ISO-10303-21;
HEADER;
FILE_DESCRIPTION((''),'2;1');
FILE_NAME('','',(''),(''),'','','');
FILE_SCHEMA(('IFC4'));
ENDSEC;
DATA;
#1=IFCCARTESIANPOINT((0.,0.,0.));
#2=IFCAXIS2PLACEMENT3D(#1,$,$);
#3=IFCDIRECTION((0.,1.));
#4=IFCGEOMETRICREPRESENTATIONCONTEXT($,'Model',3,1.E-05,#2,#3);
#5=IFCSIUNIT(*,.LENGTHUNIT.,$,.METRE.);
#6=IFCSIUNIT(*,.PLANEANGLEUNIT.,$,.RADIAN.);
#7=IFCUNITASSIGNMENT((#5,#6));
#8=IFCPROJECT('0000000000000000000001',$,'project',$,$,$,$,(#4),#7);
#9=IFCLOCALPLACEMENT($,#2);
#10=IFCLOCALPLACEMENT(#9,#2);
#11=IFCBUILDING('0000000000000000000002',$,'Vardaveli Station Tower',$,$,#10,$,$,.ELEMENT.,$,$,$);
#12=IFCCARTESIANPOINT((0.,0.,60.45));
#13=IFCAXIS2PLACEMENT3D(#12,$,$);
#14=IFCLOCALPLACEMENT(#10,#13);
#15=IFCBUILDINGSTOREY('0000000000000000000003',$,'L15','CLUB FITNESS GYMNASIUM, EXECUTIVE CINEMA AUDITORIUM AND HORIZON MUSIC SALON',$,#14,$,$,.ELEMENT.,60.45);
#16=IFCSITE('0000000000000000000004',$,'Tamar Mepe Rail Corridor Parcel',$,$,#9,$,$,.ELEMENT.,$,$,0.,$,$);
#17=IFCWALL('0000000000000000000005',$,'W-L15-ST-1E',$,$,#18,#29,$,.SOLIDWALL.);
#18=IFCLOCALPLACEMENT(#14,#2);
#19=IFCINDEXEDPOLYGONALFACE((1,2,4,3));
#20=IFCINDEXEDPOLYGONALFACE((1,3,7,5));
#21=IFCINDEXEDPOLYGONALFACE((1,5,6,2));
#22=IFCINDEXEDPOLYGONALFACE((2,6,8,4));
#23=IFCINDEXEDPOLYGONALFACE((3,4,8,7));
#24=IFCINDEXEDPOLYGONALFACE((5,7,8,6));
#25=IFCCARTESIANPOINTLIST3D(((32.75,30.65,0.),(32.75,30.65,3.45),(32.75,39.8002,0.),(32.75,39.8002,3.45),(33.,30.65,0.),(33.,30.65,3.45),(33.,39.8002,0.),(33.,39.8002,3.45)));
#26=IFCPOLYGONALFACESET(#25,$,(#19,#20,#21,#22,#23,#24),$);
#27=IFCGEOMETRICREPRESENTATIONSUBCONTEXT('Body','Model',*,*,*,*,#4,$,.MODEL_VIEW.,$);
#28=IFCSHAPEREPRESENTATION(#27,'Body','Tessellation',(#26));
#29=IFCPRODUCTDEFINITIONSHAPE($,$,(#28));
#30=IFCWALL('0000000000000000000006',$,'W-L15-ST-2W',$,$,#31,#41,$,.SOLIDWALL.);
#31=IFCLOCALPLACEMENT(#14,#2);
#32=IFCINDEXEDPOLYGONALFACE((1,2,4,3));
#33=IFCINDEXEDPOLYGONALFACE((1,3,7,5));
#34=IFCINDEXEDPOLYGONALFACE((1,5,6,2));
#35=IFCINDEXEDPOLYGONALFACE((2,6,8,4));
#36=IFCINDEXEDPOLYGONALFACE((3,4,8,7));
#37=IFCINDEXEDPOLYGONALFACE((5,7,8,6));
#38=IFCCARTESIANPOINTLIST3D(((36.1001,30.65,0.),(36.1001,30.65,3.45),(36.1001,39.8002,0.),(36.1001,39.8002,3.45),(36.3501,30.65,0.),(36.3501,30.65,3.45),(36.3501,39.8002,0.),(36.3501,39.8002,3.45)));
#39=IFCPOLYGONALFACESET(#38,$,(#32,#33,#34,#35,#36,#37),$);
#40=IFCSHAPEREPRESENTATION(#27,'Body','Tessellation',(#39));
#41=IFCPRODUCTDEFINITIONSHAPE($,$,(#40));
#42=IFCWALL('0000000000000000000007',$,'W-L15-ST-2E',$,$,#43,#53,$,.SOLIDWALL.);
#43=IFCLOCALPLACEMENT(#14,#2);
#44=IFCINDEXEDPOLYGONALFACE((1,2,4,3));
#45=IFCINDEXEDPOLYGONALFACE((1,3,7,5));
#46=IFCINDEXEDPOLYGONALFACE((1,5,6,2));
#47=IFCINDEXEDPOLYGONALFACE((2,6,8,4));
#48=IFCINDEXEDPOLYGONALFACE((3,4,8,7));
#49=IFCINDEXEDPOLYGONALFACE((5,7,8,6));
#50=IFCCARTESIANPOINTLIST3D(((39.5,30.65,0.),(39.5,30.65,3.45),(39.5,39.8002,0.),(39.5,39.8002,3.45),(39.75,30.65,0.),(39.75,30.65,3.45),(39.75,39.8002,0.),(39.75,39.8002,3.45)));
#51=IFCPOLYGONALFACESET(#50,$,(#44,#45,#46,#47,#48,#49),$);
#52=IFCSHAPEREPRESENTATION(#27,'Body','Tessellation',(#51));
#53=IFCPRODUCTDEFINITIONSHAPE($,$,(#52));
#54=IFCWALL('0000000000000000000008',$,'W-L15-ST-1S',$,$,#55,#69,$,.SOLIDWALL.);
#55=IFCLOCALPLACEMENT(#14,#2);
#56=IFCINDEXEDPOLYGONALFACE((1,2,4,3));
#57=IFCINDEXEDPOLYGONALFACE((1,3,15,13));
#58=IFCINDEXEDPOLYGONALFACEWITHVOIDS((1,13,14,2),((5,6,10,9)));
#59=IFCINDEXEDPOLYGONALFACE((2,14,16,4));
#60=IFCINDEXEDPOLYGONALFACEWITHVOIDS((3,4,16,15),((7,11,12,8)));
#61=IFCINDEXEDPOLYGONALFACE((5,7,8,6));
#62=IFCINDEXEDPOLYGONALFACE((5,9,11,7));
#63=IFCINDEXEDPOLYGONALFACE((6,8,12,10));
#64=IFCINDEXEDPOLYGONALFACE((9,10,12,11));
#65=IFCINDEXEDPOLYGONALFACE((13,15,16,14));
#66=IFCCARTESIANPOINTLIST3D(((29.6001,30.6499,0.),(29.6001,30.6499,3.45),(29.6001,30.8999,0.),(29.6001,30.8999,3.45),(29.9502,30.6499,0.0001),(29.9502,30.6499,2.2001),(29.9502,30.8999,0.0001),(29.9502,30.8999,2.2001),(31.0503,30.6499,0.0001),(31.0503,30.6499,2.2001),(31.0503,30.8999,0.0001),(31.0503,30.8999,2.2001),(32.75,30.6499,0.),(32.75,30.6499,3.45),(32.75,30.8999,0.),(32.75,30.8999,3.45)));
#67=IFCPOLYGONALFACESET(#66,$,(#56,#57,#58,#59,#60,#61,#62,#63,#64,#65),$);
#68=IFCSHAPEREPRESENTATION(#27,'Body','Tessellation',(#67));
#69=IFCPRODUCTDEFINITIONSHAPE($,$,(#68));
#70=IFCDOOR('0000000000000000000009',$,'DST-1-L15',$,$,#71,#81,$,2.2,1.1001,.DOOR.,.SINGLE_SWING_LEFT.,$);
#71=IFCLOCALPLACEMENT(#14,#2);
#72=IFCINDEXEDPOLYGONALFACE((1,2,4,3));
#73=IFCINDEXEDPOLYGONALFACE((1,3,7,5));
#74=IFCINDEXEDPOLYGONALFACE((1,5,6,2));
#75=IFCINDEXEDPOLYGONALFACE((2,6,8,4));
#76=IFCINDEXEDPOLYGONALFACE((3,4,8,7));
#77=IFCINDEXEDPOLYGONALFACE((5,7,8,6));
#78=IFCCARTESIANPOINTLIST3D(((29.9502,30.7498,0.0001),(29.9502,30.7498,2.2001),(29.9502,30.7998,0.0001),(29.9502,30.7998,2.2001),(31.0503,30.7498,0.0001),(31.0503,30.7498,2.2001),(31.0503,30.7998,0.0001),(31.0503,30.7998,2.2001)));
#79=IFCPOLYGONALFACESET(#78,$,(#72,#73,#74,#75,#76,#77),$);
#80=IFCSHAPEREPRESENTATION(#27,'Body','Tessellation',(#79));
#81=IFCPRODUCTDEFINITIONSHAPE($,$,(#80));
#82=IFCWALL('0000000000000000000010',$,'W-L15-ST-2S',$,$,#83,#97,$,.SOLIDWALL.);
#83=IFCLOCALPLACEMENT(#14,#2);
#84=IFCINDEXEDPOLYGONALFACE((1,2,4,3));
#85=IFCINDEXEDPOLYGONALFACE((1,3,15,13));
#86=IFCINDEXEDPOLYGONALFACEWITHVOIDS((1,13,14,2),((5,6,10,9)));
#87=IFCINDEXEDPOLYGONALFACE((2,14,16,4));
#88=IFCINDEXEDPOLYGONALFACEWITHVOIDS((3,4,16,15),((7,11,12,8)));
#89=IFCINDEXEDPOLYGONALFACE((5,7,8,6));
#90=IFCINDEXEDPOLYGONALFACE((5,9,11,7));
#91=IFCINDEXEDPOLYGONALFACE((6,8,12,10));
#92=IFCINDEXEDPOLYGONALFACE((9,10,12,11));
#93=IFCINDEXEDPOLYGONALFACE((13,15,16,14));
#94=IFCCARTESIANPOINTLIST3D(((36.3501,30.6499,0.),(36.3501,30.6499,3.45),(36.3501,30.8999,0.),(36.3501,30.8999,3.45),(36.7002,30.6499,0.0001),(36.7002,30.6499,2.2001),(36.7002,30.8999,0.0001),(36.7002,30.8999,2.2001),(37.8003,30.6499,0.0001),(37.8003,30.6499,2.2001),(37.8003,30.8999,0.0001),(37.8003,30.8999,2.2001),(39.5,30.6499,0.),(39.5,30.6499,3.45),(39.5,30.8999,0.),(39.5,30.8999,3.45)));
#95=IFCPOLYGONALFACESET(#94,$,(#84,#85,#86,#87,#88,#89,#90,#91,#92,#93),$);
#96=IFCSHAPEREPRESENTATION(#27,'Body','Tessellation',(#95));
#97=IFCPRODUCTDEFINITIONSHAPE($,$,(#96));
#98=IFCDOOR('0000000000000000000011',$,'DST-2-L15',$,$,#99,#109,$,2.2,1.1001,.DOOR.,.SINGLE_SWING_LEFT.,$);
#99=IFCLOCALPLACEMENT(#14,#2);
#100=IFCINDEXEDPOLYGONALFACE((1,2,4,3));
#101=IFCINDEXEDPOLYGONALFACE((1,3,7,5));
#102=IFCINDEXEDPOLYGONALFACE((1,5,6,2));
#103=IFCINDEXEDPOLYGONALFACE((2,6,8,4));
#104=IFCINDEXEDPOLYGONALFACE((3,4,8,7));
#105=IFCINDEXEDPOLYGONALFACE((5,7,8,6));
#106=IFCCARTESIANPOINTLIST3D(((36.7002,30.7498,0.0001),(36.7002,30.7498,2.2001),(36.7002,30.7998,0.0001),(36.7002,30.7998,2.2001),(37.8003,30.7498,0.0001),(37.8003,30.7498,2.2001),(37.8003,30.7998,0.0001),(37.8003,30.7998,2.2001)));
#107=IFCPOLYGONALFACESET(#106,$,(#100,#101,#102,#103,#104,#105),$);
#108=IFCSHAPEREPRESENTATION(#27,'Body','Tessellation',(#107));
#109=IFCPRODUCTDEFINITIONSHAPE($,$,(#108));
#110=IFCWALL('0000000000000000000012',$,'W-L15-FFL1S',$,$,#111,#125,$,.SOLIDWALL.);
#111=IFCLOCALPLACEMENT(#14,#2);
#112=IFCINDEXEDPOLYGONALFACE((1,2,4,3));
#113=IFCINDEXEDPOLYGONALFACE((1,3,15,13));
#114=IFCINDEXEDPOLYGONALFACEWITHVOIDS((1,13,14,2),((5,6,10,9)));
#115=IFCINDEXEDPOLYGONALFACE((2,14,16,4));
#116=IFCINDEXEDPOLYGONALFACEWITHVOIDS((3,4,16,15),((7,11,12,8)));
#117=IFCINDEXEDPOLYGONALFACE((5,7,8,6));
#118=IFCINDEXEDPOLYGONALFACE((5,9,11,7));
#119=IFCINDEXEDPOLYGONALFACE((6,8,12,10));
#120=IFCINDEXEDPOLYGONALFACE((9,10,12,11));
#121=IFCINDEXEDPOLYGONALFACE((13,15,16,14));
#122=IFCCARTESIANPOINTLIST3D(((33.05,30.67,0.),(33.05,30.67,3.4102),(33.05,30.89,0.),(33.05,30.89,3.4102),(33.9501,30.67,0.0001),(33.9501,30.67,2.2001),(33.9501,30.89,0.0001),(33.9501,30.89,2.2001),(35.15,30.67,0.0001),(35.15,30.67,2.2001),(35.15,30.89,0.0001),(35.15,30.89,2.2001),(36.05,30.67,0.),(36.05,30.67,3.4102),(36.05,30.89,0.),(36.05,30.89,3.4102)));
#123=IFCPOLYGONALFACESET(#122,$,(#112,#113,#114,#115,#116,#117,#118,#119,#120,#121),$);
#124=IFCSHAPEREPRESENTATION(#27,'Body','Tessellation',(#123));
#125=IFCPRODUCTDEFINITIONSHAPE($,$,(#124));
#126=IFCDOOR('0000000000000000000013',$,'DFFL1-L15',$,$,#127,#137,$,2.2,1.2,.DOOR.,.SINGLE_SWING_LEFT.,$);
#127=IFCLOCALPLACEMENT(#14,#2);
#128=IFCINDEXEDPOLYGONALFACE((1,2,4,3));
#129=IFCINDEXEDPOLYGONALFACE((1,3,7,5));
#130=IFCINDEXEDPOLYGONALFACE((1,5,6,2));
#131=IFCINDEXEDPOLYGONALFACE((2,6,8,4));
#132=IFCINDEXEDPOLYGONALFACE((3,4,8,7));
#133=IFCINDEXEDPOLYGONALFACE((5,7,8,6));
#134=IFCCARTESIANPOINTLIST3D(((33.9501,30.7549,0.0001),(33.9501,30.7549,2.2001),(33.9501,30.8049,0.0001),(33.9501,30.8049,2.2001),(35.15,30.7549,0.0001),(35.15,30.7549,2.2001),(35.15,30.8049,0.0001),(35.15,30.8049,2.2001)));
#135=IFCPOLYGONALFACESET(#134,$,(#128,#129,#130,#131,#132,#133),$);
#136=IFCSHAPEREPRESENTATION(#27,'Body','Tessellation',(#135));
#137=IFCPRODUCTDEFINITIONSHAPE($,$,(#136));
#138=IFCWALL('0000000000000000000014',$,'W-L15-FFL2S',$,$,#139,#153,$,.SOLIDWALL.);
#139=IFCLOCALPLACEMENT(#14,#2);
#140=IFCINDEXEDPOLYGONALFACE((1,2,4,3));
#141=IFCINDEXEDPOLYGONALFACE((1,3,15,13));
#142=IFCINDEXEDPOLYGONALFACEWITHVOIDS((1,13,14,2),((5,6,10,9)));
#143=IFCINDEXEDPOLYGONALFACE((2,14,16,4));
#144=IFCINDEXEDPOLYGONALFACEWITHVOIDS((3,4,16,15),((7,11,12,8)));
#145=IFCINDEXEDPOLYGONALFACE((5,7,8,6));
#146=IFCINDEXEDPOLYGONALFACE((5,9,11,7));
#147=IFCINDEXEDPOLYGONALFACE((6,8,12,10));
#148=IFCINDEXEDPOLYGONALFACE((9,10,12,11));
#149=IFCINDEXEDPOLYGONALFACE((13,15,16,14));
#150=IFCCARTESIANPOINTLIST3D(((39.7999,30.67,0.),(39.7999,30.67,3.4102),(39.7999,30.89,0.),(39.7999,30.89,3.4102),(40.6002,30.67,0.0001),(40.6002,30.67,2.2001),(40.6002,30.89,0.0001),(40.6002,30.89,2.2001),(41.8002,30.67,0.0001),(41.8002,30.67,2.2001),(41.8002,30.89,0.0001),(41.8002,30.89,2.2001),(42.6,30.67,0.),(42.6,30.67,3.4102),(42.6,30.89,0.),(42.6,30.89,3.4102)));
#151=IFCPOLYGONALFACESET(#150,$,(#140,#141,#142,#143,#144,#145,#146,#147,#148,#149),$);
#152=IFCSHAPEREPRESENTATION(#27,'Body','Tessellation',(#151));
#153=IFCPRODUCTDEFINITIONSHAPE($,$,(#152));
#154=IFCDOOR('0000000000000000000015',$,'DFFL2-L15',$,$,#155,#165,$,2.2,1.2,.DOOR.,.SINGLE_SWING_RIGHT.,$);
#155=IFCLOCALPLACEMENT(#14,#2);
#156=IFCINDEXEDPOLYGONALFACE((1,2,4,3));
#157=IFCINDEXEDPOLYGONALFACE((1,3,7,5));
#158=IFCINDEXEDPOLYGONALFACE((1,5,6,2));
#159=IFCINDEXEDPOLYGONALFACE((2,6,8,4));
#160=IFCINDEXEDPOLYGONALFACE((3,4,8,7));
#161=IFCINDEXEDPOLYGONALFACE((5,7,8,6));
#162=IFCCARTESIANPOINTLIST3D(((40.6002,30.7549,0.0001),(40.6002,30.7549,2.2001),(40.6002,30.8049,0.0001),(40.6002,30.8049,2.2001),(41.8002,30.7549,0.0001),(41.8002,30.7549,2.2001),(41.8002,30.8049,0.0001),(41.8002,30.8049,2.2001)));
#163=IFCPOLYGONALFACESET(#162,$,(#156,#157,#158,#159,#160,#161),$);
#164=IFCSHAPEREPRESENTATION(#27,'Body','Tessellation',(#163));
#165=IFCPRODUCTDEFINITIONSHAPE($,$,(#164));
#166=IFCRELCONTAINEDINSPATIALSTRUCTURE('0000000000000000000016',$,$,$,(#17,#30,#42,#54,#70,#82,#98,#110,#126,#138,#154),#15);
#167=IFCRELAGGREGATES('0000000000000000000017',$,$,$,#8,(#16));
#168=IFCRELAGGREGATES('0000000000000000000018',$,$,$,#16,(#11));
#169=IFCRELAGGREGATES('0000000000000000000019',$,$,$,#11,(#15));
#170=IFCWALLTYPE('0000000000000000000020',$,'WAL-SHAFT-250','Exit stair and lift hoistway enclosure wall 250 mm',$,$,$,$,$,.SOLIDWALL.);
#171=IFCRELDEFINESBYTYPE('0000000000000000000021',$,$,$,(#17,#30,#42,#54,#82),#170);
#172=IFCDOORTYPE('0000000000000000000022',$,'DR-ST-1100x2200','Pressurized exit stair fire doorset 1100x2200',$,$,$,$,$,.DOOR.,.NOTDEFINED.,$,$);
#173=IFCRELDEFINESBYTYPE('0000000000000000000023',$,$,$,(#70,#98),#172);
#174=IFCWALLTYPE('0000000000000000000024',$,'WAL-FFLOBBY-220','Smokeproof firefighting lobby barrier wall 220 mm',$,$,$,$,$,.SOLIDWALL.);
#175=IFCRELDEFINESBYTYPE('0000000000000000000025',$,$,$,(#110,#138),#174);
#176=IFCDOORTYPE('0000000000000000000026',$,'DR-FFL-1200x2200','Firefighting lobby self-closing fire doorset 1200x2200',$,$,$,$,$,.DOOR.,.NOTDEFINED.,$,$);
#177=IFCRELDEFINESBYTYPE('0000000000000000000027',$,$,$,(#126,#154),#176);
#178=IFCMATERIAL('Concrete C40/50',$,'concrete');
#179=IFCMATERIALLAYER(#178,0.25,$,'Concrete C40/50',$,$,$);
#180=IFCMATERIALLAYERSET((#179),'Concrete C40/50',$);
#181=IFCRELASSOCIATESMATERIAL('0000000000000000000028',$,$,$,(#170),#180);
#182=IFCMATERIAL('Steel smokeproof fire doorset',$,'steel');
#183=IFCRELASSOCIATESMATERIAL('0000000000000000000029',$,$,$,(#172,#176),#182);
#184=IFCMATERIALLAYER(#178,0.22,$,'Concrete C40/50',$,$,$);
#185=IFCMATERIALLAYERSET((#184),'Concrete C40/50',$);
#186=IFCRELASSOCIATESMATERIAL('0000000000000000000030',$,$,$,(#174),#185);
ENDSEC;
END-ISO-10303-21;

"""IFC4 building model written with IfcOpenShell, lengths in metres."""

from ifc_helpers import new_model, si_unit, direction, frame, frame_2d, origin, place, context, subcontext, project, spatial, rectangle, extrude, source, transform, mapped, material, layer, layer_set, type_object, element, fill, save


model = new_model("IFC4")

# Units and contexts
model_context = context("Model", 3, precision=1e-05, world=origin(), true_north=direction((0.0, 1.0)))
body_context = subcontext(model_context, "Body", "Model", "MODEL_VIEW")
ifc_project = project(units=[si_unit("LENGTHUNIT", "METRE"), si_unit("PLANEANGLEUNIT", "RADIAN")], contexts=[model_context])

# Site, building, storey
site_placement = place(None, origin())
site = spatial("IfcSite", under=ifc_project, at=site_placement, Name="Tamar Mepe Rail Corridor Parcel", CompositionType="ELEMENT", RefElevation=0.0)
building_placement = place(site_placement, origin())
building = spatial("IfcBuilding", under=site, at=building_placement, Name="Vardaveli Station Tower", CompositionType="ELEMENT")
storey_placement = place(building_placement, frame((0.0, 0.0, 60.45)))
storey = spatial("IfcBuildingStorey", under=building, at=storey_placement, Name="L15", Description="CLUB FITNESS GYMNASIUM, EXECUTIVE CINEMA AUDITORIUM AND HORIZON MUSIC SALON", CompositionType="ELEMENT", Elevation=60.45)

# Walls
ifc_material_1 = material(Name="Concrete C40/50", Category="concrete")
ifc_layer_1 = layer(ifc_material_1, 0.25, Name="Concrete C40/50")
ifc_layer_set_1 = layer_set([ifc_layer_1], Name="Concrete C40/50")
wall_type_1 = type_object("IfcWallType", Name="WAL-SHAFT-250", Description="Exit stair and lift hoistway enclosure wall 250 mm", PredefinedType="SOLIDWALL", material=ifc_layer_set_1)
shared_shape_1 = source(origin(), body_context, "Body", "SweptSolid", [
    extrude(rectangle(XDim=9.1501, YDim=0.25, at=frame_2d((4.5752, 0.0))), origin(), (0.0, 0.0, 1.0), 3.45),
])
for number, where, z_axis, x_axis, name in (
    (1, (32.875, 30.6499, 0.0), (0.0, 0.0, 1.0), (0.0, 1.0, 0.0), "W-L15-ST-1E"),
    (2, (36.2251, 30.6499, 0.0), (0.0, 0.0, 1.0), (0.0, 1.0, 0.0), "W-L15-ST-2W"),
    (3, (39.625, 30.6499, 0.0), (0.0, 0.0, 1.0), (0.0, 1.0, 0.0), "W-L15-ST-2E"),
):
    element("IfcWall", number, at=place(storey_placement, frame(where, z_axis=z_axis, x_axis=x_axis)), inside=storey, type_object=wall_type_1, Name=name, PredefinedType="SOLIDWALL", context=body_context, shape_type="MappedRepresentation", body=[
        mapped(shared_shape_1, transform((0.0, 0.0, 0.0), scale=1.0)),
    ])

# Walls, openings, doors
shared_shape_2 = source(origin(), body_context, "Body", "SweptSolid", [
    extrude(rectangle(XDim=3.1499, YDim=0.25, at=frame_2d((1.575, 0.0))), origin(), (0.0, 0.0, 1.0), 3.45),
])
wall_1_placement = place(storey_placement, frame((29.6001, 30.7749, 0.0), z_axis=(0.0, 0.0, 1.0), x_axis=(1.0, 0.0, 0.0)))
wall_1 = element("IfcWall", 4, at=wall_1_placement, inside=storey, type_object=wall_type_1, Name="W-L15-ST-1S", PredefinedType="SOLIDWALL", context=body_context, shape_type="MappedRepresentation", body=[
    mapped(shared_shape_2, transform((0.0, 0.0, 0.0), scale=1.0)),
])
shared_shape_3 = source(origin(), body_context, "Body", "SweptSolid", [
    extrude(rectangle(XDim=1.1001, YDim=2.2, at=frame_2d((0.55, 1.1001))), frame((0.0, 0.135, 0.0), z_axis=(0.0, -1.0, 0.0), x_axis=(1.0, 0.0, 0.0)), (0.0, 0.0, 1.0), 0.27),
])
opening_1_placement = place(wall_1_placement, frame((0.3501, 0.0, 0.0)))
opening_1 = element("IfcOpeningElement", 5, at=opening_1_placement, cuts=wall_1, PredefinedType="OPENING", context=body_context, shape_type="MappedRepresentation", body=[
    mapped(shared_shape_3, transform((0.0, 0.0, 0.0), scale=1.0)),
])
ifc_material_2 = material(Name="Steel smokeproof fire doorset", Category="steel")
door_type_1 = type_object("IfcDoorType", Name="DR-ST-1100x2200", Description="Pressurized exit stair fire doorset 1100x2200", OperationType="NOTDEFINED", PredefinedType="DOOR", material=ifc_material_2)
shared_shape_4 = source(origin(), body_context, "Body", "SweptSolid", [
    extrude(rectangle(XDim=1.1001, YDim=2.2, at=frame_2d((0.55, 1.1001))), frame((0.0, 0.0249, 0.0), z_axis=(0.0, -1.0, 0.0), x_axis=(1.0, 0.0, 0.0)), (0.0, 0.0, 1.0), 0.05),
])
door_1_placement = place(opening_1_placement, origin())
door_1 = element("IfcDoor", 6, at=door_1_placement, inside=storey, type_object=door_type_1, Name="DST-1-L15", OperationType="SINGLE_SWING_LEFT", OverallHeight=2.2, OverallWidth=1.1001, PredefinedType="DOOR", context=body_context, shape_type="MappedRepresentation", body=[
    mapped(shared_shape_4, transform((0.0, 0.0, 0.0), scale=1.0)),
])
fill(opening_1, door_1)
wall_2_placement = place(storey_placement, frame((36.3501, 30.7749, 0.0), z_axis=(0.0, 0.0, 1.0), x_axis=(1.0, 0.0, 0.0)))
wall_2 = element("IfcWall", 7, at=wall_2_placement, inside=storey, type_object=wall_type_1, Name="W-L15-ST-2S", PredefinedType="SOLIDWALL", context=body_context, shape_type="MappedRepresentation", body=[
    mapped(shared_shape_2, transform((0.0, 0.0, 0.0), scale=1.0)),
])
opening_2_placement = place(wall_2_placement, frame((0.3501, 0.0, 0.0)))
opening_2 = element("IfcOpeningElement", 8, at=opening_2_placement, cuts=wall_2, PredefinedType="OPENING", context=body_context, shape_type="MappedRepresentation", body=[
    mapped(shared_shape_3, transform((0.0, 0.0, 0.0), scale=1.0)),
])
door_2_placement = place(opening_2_placement, origin())
door_2 = element("IfcDoor", 9, at=door_2_placement, inside=storey, type_object=door_type_1, Name="DST-2-L15", OperationType="SINGLE_SWING_LEFT", OverallHeight=2.2, OverallWidth=1.1001, PredefinedType="DOOR", context=body_context, shape_type="MappedRepresentation", body=[
    mapped(shared_shape_4, transform((0.0, 0.0, 0.0), scale=1.0)),
])
fill(opening_2, door_2)
ifc_layer_2 = layer(ifc_material_1, 0.22, Name="Concrete C40/50")
ifc_layer_set_2 = layer_set([ifc_layer_2], Name="Concrete C40/50")
wall_type_2 = type_object("IfcWallType", Name="WAL-FFLOBBY-220", Description="Smokeproof firefighting lobby barrier wall 220 mm", PredefinedType="SOLIDWALL", material=ifc_layer_set_2)
shared_shape_5 = source(origin(), body_context, "Body", "SweptSolid", [
    extrude(rectangle(XDim=3.0, YDim=0.22, at=frame_2d((1.5, 0.0))), origin(), (0.0, 0.0, 1.0), 3.4102),
])
wall_3_placement = place(storey_placement, frame((33.05, 30.78, 0.0), z_axis=(0.0, 0.0, 1.0), x_axis=(1.0, 0.0, 0.0)))
wall_3 = element("IfcWall", 10, at=wall_3_placement, inside=storey, type_object=wall_type_2, Name="W-L15-FFL1S", PredefinedType="SOLIDWALL", context=body_context, shape_type="MappedRepresentation", body=[
    mapped(shared_shape_5, transform((0.0, 0.0, 0.0), scale=1.0)),
])
shared_shape_6 = source(origin(), body_context, "Body", "SweptSolid", [
    extrude(rectangle(XDim=1.2, YDim=2.2, at=frame_2d((0.6001, 1.1001))), frame((0.0, 0.1201, 0.0), z_axis=(0.0, -1.0, 0.0), x_axis=(1.0, 0.0, 0.0)), (0.0, 0.0, 1.0), 0.24),
])
opening_3_placement = place(wall_3_placement, frame((0.8999, 0.0, 0.0)))
opening_3 = element("IfcOpeningElement", 11, at=opening_3_placement, cuts=wall_3, PredefinedType="OPENING", context=body_context, shape_type="MappedRepresentation", body=[
    mapped(shared_shape_6, transform((0.0, 0.0, 0.0), scale=1.0)),
])
door_type_2 = type_object("IfcDoorType", Name="DR-FFL-1200x2200", Description="Firefighting lobby self-closing fire doorset 1200x2200", OperationType="NOTDEFINED", PredefinedType="DOOR", material=ifc_material_2)
shared_shape_7 = source(origin(), body_context, "Body", "SweptSolid", [
    extrude(rectangle(XDim=1.2, YDim=2.2, at=frame_2d((0.6001, 1.1001))), frame((0.0, 0.0249, 0.0), z_axis=(0.0, -1.0, 0.0), x_axis=(1.0, 0.0, 0.0)), (0.0, 0.0, 1.0), 0.05),
])
door_3_placement = place(opening_3_placement, origin())
door_3 = element("IfcDoor", 12, at=door_3_placement, inside=storey, type_object=door_type_2, Name="DFFL1-L15", OperationType="SINGLE_SWING_LEFT", OverallHeight=2.2, OverallWidth=1.2, PredefinedType="DOOR", context=body_context, shape_type="MappedRepresentation", body=[
    mapped(shared_shape_7, transform((0.0, 0.0, 0.0), scale=1.0)),
])
fill(opening_3, door_3)
shared_shape_8 = source(origin(), body_context, "Body", "SweptSolid", [
    extrude(rectangle(XDim=2.8, YDim=0.22, at=frame_2d((1.3999, 0.0))), origin(), (0.0, 0.0, 1.0), 3.4102),
])
wall_4_placement = place(storey_placement, frame((39.8, 30.78, 0.0), z_axis=(0.0, 0.0, 1.0), x_axis=(1.0, 0.0, 0.0)))
wall_4 = element("IfcWall", 13, at=wall_4_placement, inside=storey, type_object=wall_type_2, Name="W-L15-FFL2S", PredefinedType="SOLIDWALL", context=body_context, shape_type="MappedRepresentation", body=[
    mapped(shared_shape_8, transform((0.0, 0.0, 0.0), scale=1.0)),
])
opening_4_placement = place(wall_4_placement, frame((0.8, 0.0, 0.0)))
opening_4 = element("IfcOpeningElement", 14, at=opening_4_placement, cuts=wall_4, PredefinedType="OPENING", context=body_context, shape_type="MappedRepresentation", body=[
    mapped(shared_shape_6, transform((0.0, 0.0, 0.0), scale=1.0)),
])
door_4_placement = place(opening_4_placement, origin())
door_4 = element("IfcDoor", 15, at=door_4_placement, inside=storey, type_object=door_type_2, Name="DFFL2-L15", OperationType="SINGLE_SWING_RIGHT", OverallHeight=2.2, OverallWidth=1.2, PredefinedType="DOOR", context=body_context, shape_type="MappedRepresentation", body=[
    mapped(shared_shape_7, transform((0.0, 0.0, 0.0), scale=1.0)),
])
fill(opening_4, door_4)

save(model, "model.ifc")
